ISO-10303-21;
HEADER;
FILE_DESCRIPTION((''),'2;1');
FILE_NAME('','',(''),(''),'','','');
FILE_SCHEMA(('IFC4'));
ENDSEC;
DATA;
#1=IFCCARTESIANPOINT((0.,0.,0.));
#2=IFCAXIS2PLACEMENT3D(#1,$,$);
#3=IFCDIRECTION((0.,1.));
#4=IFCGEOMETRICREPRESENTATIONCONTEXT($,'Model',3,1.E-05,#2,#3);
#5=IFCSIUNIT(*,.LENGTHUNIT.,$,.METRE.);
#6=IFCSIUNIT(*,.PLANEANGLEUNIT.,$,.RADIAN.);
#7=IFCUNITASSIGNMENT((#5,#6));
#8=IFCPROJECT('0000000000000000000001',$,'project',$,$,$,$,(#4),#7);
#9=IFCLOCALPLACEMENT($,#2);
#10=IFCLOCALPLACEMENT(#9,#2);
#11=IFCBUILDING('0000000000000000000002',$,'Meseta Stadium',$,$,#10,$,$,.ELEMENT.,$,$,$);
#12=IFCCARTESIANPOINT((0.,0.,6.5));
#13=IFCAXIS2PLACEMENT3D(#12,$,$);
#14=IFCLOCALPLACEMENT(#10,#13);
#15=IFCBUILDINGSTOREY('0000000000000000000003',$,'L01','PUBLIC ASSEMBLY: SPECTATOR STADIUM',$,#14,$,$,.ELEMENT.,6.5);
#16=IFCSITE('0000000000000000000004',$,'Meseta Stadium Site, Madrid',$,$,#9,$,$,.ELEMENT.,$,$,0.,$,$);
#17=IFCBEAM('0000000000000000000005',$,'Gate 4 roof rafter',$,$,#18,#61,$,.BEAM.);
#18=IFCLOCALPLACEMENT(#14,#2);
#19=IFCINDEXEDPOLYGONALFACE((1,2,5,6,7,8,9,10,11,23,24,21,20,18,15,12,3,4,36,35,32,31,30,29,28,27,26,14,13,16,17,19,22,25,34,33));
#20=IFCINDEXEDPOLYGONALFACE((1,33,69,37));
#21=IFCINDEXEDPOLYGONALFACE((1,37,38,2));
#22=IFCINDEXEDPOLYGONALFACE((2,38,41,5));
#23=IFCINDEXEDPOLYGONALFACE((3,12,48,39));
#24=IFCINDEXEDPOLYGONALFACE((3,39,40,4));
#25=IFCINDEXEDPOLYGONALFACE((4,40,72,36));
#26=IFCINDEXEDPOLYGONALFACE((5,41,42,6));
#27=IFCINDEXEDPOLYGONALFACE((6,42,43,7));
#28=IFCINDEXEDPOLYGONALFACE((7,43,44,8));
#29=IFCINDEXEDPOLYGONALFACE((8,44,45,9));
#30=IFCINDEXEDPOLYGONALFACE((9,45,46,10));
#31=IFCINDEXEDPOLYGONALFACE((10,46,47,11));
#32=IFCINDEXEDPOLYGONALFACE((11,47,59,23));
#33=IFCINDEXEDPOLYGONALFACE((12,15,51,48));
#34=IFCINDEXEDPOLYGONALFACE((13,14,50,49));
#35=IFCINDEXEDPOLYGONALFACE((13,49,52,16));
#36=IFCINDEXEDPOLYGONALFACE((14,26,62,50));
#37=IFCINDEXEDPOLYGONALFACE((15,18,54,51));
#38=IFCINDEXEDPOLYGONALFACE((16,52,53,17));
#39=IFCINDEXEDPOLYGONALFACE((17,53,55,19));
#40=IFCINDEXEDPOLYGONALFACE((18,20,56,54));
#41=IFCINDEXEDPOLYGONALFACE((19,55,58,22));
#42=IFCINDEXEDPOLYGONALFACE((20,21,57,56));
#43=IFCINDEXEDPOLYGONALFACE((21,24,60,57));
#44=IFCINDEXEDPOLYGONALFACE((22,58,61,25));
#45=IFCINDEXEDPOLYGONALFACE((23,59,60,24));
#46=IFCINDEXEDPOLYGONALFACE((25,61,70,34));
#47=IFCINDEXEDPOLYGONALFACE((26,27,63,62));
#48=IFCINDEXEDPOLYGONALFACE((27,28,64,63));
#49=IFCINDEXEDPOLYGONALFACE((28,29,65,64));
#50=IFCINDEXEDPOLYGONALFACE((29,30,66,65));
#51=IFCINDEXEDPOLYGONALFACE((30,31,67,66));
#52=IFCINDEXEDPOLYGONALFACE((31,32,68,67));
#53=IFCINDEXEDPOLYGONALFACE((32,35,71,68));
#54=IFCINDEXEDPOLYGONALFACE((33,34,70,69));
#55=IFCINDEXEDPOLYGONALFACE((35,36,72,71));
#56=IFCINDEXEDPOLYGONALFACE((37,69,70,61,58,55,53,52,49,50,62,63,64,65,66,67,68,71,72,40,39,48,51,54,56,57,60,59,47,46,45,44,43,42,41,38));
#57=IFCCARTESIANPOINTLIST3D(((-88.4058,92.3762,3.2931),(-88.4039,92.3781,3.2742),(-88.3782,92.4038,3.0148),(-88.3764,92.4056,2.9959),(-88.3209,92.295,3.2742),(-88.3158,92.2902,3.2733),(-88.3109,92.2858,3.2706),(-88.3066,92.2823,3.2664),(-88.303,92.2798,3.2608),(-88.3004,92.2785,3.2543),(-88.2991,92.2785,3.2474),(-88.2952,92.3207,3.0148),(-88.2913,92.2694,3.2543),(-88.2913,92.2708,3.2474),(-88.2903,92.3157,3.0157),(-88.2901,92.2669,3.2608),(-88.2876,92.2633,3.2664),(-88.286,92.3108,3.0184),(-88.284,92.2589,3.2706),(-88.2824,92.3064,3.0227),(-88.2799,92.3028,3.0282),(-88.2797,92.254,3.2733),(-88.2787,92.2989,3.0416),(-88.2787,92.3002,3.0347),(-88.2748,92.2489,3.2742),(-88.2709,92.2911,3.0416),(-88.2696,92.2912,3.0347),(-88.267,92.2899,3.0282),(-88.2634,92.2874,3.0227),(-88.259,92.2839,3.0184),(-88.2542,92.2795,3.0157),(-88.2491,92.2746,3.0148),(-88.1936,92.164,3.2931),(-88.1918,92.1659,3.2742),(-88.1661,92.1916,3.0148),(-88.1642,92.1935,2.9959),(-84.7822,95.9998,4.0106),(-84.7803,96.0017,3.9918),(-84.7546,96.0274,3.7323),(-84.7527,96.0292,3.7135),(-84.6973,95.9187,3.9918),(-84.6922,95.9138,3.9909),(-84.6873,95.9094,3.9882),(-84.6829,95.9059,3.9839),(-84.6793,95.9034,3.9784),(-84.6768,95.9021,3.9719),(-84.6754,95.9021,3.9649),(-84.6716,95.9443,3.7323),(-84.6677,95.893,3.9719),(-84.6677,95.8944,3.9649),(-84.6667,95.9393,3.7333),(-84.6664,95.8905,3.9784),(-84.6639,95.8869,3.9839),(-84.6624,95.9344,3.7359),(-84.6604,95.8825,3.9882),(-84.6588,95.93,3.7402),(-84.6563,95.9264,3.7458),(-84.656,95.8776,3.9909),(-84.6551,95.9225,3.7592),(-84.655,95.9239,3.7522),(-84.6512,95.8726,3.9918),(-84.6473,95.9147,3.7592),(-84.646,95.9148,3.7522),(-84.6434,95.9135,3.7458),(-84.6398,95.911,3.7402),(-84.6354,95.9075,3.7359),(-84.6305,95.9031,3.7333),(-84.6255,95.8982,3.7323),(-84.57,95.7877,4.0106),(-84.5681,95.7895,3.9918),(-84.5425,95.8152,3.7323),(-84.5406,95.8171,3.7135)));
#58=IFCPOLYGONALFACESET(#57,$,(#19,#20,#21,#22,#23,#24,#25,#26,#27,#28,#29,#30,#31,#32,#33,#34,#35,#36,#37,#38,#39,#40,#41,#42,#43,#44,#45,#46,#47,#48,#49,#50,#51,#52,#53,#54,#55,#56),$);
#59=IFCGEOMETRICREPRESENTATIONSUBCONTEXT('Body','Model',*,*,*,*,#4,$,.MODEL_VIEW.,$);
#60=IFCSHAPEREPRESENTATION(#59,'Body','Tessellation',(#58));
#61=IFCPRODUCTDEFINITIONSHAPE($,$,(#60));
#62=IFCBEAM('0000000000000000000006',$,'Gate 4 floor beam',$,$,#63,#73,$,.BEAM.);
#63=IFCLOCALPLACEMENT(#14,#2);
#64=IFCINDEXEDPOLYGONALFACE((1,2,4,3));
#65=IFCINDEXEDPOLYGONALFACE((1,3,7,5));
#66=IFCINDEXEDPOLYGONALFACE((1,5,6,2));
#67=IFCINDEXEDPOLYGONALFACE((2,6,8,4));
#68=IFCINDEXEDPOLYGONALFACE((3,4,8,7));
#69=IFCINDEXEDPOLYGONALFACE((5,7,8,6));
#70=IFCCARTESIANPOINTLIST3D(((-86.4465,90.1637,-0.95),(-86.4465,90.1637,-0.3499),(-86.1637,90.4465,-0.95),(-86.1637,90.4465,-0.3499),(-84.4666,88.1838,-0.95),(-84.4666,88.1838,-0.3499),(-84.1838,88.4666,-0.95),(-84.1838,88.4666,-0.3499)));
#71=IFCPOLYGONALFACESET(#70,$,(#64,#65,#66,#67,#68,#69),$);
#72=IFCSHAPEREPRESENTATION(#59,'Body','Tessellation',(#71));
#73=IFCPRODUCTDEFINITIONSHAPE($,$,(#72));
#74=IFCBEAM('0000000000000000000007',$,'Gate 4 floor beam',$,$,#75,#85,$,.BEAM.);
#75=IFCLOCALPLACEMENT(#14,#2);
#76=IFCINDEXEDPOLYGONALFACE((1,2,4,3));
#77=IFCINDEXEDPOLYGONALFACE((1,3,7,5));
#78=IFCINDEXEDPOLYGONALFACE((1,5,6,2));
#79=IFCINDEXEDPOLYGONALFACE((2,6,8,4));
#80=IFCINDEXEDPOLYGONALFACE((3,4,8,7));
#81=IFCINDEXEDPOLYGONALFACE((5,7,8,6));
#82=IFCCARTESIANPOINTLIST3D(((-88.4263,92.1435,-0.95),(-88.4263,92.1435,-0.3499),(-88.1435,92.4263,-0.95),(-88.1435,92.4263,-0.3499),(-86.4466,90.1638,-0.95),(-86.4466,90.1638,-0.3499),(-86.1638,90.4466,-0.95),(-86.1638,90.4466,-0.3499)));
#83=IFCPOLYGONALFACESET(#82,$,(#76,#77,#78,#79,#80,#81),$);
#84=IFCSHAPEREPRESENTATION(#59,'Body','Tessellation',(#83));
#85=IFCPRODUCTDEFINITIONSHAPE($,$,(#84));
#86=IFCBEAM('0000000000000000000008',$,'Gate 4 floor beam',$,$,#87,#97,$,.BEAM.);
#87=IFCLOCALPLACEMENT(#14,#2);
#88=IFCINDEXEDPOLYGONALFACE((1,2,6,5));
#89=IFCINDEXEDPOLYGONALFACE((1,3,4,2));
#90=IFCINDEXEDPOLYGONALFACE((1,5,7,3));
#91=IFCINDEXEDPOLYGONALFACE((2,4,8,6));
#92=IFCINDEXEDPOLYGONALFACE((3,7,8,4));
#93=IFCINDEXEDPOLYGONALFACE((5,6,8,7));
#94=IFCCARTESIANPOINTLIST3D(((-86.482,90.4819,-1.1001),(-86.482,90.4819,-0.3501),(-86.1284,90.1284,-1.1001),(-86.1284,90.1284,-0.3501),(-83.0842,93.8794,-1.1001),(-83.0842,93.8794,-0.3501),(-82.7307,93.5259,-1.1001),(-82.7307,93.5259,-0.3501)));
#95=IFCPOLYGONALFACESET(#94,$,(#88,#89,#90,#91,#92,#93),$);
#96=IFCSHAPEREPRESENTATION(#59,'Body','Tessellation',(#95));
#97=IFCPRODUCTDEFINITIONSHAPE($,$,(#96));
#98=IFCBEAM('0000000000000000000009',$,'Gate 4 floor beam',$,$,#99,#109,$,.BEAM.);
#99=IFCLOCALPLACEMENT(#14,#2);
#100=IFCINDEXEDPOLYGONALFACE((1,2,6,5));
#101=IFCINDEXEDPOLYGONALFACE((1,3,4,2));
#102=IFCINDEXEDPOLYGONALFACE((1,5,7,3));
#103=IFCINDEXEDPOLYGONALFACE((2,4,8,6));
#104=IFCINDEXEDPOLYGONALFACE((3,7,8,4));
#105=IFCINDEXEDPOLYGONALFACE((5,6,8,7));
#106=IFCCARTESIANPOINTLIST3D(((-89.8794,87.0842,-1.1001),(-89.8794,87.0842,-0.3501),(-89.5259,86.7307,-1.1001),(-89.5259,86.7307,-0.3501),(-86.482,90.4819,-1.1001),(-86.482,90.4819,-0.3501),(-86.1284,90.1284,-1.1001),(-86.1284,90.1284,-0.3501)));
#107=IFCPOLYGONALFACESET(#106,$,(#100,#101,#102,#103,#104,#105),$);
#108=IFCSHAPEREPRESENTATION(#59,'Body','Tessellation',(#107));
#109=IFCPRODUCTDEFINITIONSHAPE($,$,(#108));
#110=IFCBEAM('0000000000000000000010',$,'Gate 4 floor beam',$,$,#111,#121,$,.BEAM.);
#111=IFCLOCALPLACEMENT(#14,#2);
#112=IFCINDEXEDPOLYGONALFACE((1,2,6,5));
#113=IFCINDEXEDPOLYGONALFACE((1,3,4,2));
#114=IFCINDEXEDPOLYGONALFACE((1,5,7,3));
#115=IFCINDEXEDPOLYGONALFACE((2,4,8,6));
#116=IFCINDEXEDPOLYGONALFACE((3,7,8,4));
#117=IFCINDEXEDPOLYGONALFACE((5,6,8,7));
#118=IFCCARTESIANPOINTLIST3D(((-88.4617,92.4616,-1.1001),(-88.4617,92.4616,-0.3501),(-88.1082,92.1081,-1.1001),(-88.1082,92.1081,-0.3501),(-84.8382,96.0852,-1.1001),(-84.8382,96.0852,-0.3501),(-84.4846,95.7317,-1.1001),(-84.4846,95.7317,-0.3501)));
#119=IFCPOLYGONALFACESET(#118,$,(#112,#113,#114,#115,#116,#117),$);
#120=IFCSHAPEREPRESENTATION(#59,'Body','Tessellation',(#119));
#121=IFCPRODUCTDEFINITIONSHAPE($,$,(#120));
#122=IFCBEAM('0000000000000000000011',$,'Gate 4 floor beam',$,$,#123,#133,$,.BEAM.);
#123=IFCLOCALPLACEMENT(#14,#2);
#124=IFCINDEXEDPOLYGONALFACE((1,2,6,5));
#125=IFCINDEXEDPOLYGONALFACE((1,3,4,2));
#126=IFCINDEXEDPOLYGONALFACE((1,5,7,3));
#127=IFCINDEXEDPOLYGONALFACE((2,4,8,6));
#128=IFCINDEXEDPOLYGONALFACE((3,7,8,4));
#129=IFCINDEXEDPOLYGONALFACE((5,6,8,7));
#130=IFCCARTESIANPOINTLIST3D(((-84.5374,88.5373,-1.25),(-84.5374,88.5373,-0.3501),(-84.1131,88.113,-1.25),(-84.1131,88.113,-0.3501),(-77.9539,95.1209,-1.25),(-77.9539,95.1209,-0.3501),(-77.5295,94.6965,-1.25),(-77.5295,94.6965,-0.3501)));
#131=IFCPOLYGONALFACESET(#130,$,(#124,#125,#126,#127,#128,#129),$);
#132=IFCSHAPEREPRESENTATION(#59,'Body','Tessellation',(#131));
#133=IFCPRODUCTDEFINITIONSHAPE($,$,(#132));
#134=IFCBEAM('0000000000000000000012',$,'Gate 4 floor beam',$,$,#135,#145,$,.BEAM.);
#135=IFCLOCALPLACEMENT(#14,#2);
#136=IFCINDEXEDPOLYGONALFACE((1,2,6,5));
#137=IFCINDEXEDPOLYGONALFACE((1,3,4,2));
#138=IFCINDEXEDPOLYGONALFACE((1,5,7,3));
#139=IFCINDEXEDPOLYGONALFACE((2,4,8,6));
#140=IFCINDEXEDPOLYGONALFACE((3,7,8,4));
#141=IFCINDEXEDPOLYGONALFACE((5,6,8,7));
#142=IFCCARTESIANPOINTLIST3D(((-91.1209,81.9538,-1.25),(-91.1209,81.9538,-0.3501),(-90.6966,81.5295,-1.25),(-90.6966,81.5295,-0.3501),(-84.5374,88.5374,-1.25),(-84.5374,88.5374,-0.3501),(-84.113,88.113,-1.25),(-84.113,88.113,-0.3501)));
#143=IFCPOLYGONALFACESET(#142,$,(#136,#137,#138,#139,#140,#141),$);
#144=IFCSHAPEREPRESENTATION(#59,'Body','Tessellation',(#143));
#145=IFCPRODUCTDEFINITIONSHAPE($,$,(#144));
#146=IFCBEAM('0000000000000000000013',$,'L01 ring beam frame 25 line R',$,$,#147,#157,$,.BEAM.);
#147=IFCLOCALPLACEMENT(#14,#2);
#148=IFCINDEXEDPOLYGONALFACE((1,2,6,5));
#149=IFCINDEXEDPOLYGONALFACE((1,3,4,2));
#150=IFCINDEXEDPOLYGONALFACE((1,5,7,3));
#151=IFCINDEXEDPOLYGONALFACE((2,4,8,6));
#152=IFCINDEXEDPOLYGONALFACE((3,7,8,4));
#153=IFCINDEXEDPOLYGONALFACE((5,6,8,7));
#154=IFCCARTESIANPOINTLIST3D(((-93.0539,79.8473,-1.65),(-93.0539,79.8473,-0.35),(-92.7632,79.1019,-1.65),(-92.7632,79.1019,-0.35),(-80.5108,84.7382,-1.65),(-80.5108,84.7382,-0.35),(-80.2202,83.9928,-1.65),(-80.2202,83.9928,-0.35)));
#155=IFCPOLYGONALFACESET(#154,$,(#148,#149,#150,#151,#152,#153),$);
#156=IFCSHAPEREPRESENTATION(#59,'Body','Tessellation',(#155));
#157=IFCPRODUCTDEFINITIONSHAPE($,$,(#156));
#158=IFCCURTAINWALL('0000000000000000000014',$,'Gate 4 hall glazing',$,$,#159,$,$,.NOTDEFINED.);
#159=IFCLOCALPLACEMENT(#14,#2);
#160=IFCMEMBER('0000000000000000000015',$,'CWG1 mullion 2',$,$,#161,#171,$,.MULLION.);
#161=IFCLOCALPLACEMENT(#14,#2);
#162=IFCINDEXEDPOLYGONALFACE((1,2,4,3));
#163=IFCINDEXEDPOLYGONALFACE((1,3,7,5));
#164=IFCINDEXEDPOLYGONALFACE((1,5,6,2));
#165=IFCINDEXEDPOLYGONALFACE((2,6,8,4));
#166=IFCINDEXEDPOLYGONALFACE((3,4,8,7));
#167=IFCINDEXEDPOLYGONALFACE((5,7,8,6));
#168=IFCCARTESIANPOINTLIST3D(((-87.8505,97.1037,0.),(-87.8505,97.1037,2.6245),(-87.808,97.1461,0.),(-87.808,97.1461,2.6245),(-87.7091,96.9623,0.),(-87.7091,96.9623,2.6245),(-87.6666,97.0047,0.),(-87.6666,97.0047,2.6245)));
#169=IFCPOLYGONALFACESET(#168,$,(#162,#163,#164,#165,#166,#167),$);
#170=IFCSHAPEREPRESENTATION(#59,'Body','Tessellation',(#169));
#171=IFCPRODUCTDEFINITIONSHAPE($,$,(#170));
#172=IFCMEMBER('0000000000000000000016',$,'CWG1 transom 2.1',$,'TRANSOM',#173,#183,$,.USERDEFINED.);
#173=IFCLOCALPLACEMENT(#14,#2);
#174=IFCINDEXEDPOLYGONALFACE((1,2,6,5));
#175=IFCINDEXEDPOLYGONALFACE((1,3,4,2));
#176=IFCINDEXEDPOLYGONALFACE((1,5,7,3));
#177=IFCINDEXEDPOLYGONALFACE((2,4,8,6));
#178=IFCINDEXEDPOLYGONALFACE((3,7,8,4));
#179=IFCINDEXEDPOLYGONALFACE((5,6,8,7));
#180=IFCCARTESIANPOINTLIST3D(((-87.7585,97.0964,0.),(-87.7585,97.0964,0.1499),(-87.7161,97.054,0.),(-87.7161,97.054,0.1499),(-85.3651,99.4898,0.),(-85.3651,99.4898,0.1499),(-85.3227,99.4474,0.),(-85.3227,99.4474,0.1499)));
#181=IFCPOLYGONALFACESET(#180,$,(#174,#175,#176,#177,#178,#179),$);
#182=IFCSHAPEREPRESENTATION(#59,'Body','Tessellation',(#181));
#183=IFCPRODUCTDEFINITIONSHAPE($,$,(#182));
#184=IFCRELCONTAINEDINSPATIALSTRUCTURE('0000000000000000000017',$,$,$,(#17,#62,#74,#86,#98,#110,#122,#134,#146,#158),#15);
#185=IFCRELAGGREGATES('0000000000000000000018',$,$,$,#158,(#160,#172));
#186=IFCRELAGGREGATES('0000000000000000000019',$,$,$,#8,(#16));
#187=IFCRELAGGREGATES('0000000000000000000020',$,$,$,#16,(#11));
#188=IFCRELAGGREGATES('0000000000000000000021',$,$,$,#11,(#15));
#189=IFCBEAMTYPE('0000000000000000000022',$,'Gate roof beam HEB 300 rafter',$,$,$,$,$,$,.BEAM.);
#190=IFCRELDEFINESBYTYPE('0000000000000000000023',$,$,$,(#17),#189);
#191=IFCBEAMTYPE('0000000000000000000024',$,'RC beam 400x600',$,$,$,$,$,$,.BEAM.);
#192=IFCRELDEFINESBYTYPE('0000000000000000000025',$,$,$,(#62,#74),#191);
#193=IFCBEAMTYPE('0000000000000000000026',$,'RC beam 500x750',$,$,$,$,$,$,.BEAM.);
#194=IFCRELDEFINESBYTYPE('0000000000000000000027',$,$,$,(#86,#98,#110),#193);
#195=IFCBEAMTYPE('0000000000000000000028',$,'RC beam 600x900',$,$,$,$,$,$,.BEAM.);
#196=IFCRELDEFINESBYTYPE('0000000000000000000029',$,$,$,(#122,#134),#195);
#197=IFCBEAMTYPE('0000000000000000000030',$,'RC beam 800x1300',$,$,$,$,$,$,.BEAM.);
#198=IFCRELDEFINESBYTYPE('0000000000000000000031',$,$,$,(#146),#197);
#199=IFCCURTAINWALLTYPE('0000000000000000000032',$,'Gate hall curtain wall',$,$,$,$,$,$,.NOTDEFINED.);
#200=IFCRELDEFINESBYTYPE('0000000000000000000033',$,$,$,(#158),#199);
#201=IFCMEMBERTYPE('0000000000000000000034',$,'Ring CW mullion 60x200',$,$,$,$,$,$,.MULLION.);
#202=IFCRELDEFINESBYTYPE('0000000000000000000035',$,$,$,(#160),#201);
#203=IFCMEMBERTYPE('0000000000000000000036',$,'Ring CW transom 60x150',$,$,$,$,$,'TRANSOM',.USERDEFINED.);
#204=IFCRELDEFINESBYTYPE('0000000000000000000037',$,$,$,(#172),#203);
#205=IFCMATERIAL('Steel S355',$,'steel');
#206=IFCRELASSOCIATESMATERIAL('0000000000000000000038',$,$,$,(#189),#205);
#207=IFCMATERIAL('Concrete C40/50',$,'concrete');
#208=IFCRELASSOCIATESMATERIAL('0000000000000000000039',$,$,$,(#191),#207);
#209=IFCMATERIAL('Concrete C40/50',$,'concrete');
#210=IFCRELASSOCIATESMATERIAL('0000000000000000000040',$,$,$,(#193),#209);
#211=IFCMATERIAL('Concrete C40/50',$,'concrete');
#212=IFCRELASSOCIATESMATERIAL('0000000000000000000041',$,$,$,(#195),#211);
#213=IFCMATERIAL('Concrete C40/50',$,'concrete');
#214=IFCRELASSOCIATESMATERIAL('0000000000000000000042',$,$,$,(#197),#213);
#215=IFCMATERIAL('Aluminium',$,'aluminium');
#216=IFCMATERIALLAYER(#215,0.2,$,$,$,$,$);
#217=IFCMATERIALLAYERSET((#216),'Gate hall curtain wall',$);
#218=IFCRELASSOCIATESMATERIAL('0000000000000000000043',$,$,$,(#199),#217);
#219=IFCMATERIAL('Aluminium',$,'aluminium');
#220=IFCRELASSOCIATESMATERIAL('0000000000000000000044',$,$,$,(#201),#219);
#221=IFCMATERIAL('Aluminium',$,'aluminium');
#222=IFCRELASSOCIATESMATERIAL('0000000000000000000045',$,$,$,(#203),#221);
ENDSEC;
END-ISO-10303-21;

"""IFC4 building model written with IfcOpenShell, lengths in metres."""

from ifc_helpers import new_model, si_unit, direction, frame, origin, origin_2d, place, context, subcontext, project, spatial, rectangle, i_section, extrude, material, layer, layer_set, material_profile, profile_set, type_object, element, aggregate, save


model = new_model("IFC4")

# Units and contexts
model_context = context("Model", 3, precision=1e-05, world=origin(), true_north=direction((0.0, 1.0)))
body_context = subcontext(model_context, "Body", "Model", "MODEL_VIEW")
ifc_project = project(units=[si_unit("LENGTHUNIT", "METRE"), si_unit("PLANEANGLEUNIT", "RADIAN")], contexts=[model_context])

# Site, building, storey
site_placement = place(None, origin())
site = spatial("IfcSite", under=ifc_project, at=site_placement, Name="Meseta Stadium Site, Madrid", CompositionType="ELEMENT", RefElevation=0.0)
building_placement = place(site_placement, origin())
building = spatial("IfcBuilding", under=site, at=building_placement, Name="Meseta Stadium", CompositionType="ELEMENT")
storey_placement = place(building_placement, frame((0.0, 0.0, 6.5)))
storey = spatial("IfcBuildingStorey", under=building, at=storey_placement, Name="L01", Description="PUBLIC ASSEMBLY: SPECTATOR STADIUM", CompositionType="ELEMENT", Elevation=6.5)

# Beams
ifc_material_1 = material(Name="Steel S355", Category="steel")
ifc_material_profile_1 = material_profile(ifc_material_1, i_section(OverallWidth=0.3, OverallDepth=0.3, WebThickness=0.011, FlangeThickness=0.019, FilletRadius=0.0271, at=origin_2d()), Name="HEB 300")
ifc_profile_set_1 = profile_set([ifc_material_profile_1], Name="Steel S355")
beam_type_1 = type_object("IfcBeamType", Name="Gate roof beam HEB 300 rafter", PredefinedType="BEAM", material=ifc_profile_set_1)
beam_1_placement = place(storey_placement, frame((-84.6614, 95.9084, 3.8621), z_axis=(-0.700275, -0.700275, -0.138668), x_axis=(0.707107, -0.707107, 0.0)))
element("IfcBeam", 1, at=beam_1_placement, inside=storey, type_object=beam_type_1, Name="Gate 4 roof rafter", PredefinedType="BEAM", context=body_context, shape_type="SweptSolid", body=[
    extrude(i_section(OverallWidth=0.3, OverallDepth=0.3, WebThickness=0.011, FlangeThickness=0.019, FilletRadius=0.0271, at=origin_2d()), origin(), (0.0, 0.0, 1.0), 5.1746),
])
ifc_material_2 = material(Name="Concrete C40/50", Category="concrete")
ifc_material_profile_2 = material_profile(ifc_material_2, rectangle(XDim=0.3999, YDim=0.6001, at=origin_2d()), Name="RC 400x600")
ifc_profile_set_2 = profile_set([ifc_material_profile_2], Name="Concrete C40/50")
beam_type_2 = type_object("IfcBeamType", Name="RC beam 400x600", PredefinedType="BEAM", material=ifc_profile_set_2)
beam_2_placement = place(storey_placement, frame((-84.3252, 88.3252, -0.6499), z_axis=(-0.707107, 0.707107, 0.0), x_axis=(-0.707107, -0.707107, 0.0)))
element("IfcBeam", 2, at=beam_2_placement, inside=storey, type_object=beam_type_2, Name="Gate 4 floor beam", PredefinedType="BEAM", context=body_context, shape_type="SweptSolid", body=[
    extrude(rectangle(XDim=0.3999, YDim=0.6001, at=origin_2d()), origin(), (0.0, 0.0, 1.0), 2.8),
])
beam_3_placement = place(storey_placement, frame((-86.3052, 90.3052, -0.6499), z_axis=(-0.707107, 0.707107, 0.0), x_axis=(-0.707107, -0.707107, 0.0)))
element("IfcBeam", 3, at=beam_3_placement, inside=storey, type_object=beam_type_2, Name="Gate 4 floor beam", PredefinedType="BEAM", context=body_context, shape_type="SweptSolid", body=[
    extrude(rectangle(XDim=0.3999, YDim=0.6001, at=origin_2d()), origin(), (0.0, 0.0, 1.0), 2.7998),
])
ifc_material_3 = material(Name="Concrete C40/50", Category="concrete")
ifc_material_profile_3 = material_profile(ifc_material_3, rectangle(XDim=0.5, YDim=0.75, at=origin_2d()), Name="RC 500x750")
ifc_profile_set_3 = profile_set([ifc_material_profile_3], Name="Concrete C40/50")
beam_type_3 = type_object("IfcBeamType", Name="RC beam 500x750", PredefinedType="BEAM", material=ifc_profile_set_3)
for number, where, z_axis, x_axis, name in (
    (4, (-82.9075, 93.7026, -0.7251), (-0.707132, -0.707081, 0.0), (0.707081, -0.707132, 0.0), "Gate 4 floor beam"),
    (5, (-86.3052, 90.3052, -0.7251), (-0.707081, -0.707132, 0.0), (0.707132, -0.707081, 0.0), "Gate 4 floor beam"),
):
    element("IfcBeam", number, at=place(storey_placement, frame(where, z_axis=z_axis, x_axis=x_axis)), inside=storey, type_object=beam_type_3, Name=name, PredefinedType="BEAM", context=body_context, shape_type="SweptSolid", body=[
        extrude(rectangle(XDim=0.5, YDim=0.75, at=origin_2d()), origin(), (0.0, 0.0, 1.0), 4.8049),
    ])
beam_4_placement = place(storey_placement, frame((-84.6614, 95.9084, -0.7251), z_axis=(-0.707107, -0.707107, 0.0), x_axis=(0.707107, -0.707107, 0.0)))
element("IfcBeam", 6, at=beam_4_placement, inside=storey, type_object=beam_type_3, Name="Gate 4 floor beam", PredefinedType="BEAM", context=body_context, shape_type="SweptSolid", body=[
    extrude(rectangle(XDim=0.5, YDim=0.75, at=origin_2d()), origin(), (0.0, 0.0, 1.0), 5.1245),
])
ifc_material_4 = material(Name="Concrete C40/50", Category="concrete")
ifc_material_profile_4 = material_profile(ifc_material_4, rectangle(XDim=0.6001, YDim=0.8999, at=origin_2d()), Name="RC 600x900")
ifc_profile_set_4 = profile_set([ifc_material_profile_4], Name="Concrete C40/50")
beam_type_4 = type_object("IfcBeamType", Name="RC beam 600x900", PredefinedType="BEAM", material=ifc_profile_set_4)
for number, where, z_axis, x_axis, name in (
    (7, (-77.7417, 94.9087, -0.8), (-0.707107, -0.707107, 0.0), (0.707107, -0.707107, 0.0), "Gate 4 floor beam"),
    (8, (-84.3252, 88.3252, -0.8), (-0.707107, -0.707107, 0.0), (0.707107, -0.707107, 0.0), "Gate 4 floor beam"),
):
    element("IfcBeam", number, at=place(storey_placement, frame(where, z_axis=z_axis, x_axis=x_axis)), inside=storey, type_object=beam_type_4, Name=name, PredefinedType="BEAM", context=body_context, shape_type="SweptSolid", body=[
        extrude(rectangle(XDim=0.6001, YDim=0.8999, at=origin_2d()), origin(), (0.0, 0.0, 1.0), 9.3105),
    ])
ifc_material_5 = material(Name="Concrete C40/50", Category="concrete")
ifc_material_profile_5 = material_profile(ifc_material_5, rectangle(XDim=0.8, YDim=1.3, at=origin_2d()), Name="RC 800x1300")
ifc_profile_set_5 = profile_set([ifc_material_profile_5], Name="Concrete C40/50")
beam_type_5 = type_object("IfcBeamType", Name="RC beam 800x1300", PredefinedType="BEAM", material=ifc_profile_set_5)
beam_5_placement = place(storey_placement, frame((-80.3655, 84.3655, -1.0), z_axis=(-0.931677, -0.363288, 0.0), x_axis=(0.363288, -0.931677, 0.0)))
element("IfcBeam", 9, at=beam_5_placement, inside=storey, type_object=beam_type_5, Name="L01 ring beam frame 25 line R", PredefinedType="BEAM", context=body_context, shape_type="SweptSolid", body=[
    extrude(rectangle(XDim=0.8, YDim=1.3, at=origin_2d()), origin(), (0.0, 0.0, 1.0), 13.4629),
])

# Curtain wall, members
ifc_material_6 = material(Name="Aluminium", Category="aluminium")
ifc_layer_1 = layer(ifc_material_6, 0.2)
ifc_layer_set_1 = layer_set([ifc_layer_1], Name="Gate hall curtain wall")
curtain_wall_type = type_object("IfcCurtainWallType", Name="Gate hall curtain wall", PredefinedType="NOTDEFINED", material=ifc_layer_set_1)
curtain_wall_placement = place(storey_placement, origin())
curtain_wall = element("IfcCurtainWall", 10, at=curtain_wall_placement, inside=storey, type_object=curtain_wall_type, Name="Gate 4 hall glazing", PredefinedType="NOTDEFINED")
ifc_material_7 = material(Name="Aluminium", Category="aluminium")
ifc_material_profile_6 = material_profile(ifc_material_7, rectangle(XDim=0.2, YDim=0.0601, at=origin_2d()), Name="CW 200x60")
ifc_profile_set_6 = profile_set([ifc_material_profile_6], Name="Aluminium")
member_type_1 = type_object("IfcMemberType", Name="Ring CW mullion 60x200", PredefinedType="MULLION", material=ifc_profile_set_6)
member_1_placement = place(storey_placement, frame((-87.7585, 97.0542, 0.0), z_axis=(0.0, 0.0, 1.0), x_axis=(-0.707112, 0.707102, 0.0)))
member_1 = element("IfcMember", 11, at=member_1_placement, type_object=member_type_1, Name="CWG1 mullion 2", PredefinedType="MULLION", context=body_context, shape_type="SweptSolid", body=[
    extrude(rectangle(XDim=0.2, YDim=0.0601, at=origin_2d()), origin(), (0.0, 0.0, 1.0), 2.6245),
])
ifc_material_8 = material(Name="Aluminium", Category="aluminium")
ifc_material_profile_7 = material_profile(ifc_material_8, rectangle(XDim=0.0601, YDim=0.1499, at=origin_2d()), Name="CW 60x150")
ifc_profile_set_7 = profile_set([ifc_material_profile_7], Name="Aluminium")
member_type_2 = type_object("IfcMemberType", Name="Ring CW transom 60x150", ElementType="TRANSOM", PredefinedType="USERDEFINED", material=ifc_profile_set_7)
member_2_placement = place(storey_placement, frame((-87.7373, 97.0752, 0.075), z_axis=(0.707107, 0.707107, 0.0), x_axis=(-0.707107, 0.707107, 0.0)))
member_2 = element("IfcMember", 12, at=member_2_placement, type_object=member_type_2, Name="CWG1 transom 2.1", ObjectType="TRANSOM", PredefinedType="USERDEFINED", context=body_context, shape_type="SweptSolid", body=[
    extrude(rectangle(XDim=0.0601, YDim=0.1499, at=origin_2d()), origin(), (0.0, 0.0, 1.0), 3.3848),
])
aggregate(curtain_wall, [member_1, member_2])

save(model, "model.ifc")
